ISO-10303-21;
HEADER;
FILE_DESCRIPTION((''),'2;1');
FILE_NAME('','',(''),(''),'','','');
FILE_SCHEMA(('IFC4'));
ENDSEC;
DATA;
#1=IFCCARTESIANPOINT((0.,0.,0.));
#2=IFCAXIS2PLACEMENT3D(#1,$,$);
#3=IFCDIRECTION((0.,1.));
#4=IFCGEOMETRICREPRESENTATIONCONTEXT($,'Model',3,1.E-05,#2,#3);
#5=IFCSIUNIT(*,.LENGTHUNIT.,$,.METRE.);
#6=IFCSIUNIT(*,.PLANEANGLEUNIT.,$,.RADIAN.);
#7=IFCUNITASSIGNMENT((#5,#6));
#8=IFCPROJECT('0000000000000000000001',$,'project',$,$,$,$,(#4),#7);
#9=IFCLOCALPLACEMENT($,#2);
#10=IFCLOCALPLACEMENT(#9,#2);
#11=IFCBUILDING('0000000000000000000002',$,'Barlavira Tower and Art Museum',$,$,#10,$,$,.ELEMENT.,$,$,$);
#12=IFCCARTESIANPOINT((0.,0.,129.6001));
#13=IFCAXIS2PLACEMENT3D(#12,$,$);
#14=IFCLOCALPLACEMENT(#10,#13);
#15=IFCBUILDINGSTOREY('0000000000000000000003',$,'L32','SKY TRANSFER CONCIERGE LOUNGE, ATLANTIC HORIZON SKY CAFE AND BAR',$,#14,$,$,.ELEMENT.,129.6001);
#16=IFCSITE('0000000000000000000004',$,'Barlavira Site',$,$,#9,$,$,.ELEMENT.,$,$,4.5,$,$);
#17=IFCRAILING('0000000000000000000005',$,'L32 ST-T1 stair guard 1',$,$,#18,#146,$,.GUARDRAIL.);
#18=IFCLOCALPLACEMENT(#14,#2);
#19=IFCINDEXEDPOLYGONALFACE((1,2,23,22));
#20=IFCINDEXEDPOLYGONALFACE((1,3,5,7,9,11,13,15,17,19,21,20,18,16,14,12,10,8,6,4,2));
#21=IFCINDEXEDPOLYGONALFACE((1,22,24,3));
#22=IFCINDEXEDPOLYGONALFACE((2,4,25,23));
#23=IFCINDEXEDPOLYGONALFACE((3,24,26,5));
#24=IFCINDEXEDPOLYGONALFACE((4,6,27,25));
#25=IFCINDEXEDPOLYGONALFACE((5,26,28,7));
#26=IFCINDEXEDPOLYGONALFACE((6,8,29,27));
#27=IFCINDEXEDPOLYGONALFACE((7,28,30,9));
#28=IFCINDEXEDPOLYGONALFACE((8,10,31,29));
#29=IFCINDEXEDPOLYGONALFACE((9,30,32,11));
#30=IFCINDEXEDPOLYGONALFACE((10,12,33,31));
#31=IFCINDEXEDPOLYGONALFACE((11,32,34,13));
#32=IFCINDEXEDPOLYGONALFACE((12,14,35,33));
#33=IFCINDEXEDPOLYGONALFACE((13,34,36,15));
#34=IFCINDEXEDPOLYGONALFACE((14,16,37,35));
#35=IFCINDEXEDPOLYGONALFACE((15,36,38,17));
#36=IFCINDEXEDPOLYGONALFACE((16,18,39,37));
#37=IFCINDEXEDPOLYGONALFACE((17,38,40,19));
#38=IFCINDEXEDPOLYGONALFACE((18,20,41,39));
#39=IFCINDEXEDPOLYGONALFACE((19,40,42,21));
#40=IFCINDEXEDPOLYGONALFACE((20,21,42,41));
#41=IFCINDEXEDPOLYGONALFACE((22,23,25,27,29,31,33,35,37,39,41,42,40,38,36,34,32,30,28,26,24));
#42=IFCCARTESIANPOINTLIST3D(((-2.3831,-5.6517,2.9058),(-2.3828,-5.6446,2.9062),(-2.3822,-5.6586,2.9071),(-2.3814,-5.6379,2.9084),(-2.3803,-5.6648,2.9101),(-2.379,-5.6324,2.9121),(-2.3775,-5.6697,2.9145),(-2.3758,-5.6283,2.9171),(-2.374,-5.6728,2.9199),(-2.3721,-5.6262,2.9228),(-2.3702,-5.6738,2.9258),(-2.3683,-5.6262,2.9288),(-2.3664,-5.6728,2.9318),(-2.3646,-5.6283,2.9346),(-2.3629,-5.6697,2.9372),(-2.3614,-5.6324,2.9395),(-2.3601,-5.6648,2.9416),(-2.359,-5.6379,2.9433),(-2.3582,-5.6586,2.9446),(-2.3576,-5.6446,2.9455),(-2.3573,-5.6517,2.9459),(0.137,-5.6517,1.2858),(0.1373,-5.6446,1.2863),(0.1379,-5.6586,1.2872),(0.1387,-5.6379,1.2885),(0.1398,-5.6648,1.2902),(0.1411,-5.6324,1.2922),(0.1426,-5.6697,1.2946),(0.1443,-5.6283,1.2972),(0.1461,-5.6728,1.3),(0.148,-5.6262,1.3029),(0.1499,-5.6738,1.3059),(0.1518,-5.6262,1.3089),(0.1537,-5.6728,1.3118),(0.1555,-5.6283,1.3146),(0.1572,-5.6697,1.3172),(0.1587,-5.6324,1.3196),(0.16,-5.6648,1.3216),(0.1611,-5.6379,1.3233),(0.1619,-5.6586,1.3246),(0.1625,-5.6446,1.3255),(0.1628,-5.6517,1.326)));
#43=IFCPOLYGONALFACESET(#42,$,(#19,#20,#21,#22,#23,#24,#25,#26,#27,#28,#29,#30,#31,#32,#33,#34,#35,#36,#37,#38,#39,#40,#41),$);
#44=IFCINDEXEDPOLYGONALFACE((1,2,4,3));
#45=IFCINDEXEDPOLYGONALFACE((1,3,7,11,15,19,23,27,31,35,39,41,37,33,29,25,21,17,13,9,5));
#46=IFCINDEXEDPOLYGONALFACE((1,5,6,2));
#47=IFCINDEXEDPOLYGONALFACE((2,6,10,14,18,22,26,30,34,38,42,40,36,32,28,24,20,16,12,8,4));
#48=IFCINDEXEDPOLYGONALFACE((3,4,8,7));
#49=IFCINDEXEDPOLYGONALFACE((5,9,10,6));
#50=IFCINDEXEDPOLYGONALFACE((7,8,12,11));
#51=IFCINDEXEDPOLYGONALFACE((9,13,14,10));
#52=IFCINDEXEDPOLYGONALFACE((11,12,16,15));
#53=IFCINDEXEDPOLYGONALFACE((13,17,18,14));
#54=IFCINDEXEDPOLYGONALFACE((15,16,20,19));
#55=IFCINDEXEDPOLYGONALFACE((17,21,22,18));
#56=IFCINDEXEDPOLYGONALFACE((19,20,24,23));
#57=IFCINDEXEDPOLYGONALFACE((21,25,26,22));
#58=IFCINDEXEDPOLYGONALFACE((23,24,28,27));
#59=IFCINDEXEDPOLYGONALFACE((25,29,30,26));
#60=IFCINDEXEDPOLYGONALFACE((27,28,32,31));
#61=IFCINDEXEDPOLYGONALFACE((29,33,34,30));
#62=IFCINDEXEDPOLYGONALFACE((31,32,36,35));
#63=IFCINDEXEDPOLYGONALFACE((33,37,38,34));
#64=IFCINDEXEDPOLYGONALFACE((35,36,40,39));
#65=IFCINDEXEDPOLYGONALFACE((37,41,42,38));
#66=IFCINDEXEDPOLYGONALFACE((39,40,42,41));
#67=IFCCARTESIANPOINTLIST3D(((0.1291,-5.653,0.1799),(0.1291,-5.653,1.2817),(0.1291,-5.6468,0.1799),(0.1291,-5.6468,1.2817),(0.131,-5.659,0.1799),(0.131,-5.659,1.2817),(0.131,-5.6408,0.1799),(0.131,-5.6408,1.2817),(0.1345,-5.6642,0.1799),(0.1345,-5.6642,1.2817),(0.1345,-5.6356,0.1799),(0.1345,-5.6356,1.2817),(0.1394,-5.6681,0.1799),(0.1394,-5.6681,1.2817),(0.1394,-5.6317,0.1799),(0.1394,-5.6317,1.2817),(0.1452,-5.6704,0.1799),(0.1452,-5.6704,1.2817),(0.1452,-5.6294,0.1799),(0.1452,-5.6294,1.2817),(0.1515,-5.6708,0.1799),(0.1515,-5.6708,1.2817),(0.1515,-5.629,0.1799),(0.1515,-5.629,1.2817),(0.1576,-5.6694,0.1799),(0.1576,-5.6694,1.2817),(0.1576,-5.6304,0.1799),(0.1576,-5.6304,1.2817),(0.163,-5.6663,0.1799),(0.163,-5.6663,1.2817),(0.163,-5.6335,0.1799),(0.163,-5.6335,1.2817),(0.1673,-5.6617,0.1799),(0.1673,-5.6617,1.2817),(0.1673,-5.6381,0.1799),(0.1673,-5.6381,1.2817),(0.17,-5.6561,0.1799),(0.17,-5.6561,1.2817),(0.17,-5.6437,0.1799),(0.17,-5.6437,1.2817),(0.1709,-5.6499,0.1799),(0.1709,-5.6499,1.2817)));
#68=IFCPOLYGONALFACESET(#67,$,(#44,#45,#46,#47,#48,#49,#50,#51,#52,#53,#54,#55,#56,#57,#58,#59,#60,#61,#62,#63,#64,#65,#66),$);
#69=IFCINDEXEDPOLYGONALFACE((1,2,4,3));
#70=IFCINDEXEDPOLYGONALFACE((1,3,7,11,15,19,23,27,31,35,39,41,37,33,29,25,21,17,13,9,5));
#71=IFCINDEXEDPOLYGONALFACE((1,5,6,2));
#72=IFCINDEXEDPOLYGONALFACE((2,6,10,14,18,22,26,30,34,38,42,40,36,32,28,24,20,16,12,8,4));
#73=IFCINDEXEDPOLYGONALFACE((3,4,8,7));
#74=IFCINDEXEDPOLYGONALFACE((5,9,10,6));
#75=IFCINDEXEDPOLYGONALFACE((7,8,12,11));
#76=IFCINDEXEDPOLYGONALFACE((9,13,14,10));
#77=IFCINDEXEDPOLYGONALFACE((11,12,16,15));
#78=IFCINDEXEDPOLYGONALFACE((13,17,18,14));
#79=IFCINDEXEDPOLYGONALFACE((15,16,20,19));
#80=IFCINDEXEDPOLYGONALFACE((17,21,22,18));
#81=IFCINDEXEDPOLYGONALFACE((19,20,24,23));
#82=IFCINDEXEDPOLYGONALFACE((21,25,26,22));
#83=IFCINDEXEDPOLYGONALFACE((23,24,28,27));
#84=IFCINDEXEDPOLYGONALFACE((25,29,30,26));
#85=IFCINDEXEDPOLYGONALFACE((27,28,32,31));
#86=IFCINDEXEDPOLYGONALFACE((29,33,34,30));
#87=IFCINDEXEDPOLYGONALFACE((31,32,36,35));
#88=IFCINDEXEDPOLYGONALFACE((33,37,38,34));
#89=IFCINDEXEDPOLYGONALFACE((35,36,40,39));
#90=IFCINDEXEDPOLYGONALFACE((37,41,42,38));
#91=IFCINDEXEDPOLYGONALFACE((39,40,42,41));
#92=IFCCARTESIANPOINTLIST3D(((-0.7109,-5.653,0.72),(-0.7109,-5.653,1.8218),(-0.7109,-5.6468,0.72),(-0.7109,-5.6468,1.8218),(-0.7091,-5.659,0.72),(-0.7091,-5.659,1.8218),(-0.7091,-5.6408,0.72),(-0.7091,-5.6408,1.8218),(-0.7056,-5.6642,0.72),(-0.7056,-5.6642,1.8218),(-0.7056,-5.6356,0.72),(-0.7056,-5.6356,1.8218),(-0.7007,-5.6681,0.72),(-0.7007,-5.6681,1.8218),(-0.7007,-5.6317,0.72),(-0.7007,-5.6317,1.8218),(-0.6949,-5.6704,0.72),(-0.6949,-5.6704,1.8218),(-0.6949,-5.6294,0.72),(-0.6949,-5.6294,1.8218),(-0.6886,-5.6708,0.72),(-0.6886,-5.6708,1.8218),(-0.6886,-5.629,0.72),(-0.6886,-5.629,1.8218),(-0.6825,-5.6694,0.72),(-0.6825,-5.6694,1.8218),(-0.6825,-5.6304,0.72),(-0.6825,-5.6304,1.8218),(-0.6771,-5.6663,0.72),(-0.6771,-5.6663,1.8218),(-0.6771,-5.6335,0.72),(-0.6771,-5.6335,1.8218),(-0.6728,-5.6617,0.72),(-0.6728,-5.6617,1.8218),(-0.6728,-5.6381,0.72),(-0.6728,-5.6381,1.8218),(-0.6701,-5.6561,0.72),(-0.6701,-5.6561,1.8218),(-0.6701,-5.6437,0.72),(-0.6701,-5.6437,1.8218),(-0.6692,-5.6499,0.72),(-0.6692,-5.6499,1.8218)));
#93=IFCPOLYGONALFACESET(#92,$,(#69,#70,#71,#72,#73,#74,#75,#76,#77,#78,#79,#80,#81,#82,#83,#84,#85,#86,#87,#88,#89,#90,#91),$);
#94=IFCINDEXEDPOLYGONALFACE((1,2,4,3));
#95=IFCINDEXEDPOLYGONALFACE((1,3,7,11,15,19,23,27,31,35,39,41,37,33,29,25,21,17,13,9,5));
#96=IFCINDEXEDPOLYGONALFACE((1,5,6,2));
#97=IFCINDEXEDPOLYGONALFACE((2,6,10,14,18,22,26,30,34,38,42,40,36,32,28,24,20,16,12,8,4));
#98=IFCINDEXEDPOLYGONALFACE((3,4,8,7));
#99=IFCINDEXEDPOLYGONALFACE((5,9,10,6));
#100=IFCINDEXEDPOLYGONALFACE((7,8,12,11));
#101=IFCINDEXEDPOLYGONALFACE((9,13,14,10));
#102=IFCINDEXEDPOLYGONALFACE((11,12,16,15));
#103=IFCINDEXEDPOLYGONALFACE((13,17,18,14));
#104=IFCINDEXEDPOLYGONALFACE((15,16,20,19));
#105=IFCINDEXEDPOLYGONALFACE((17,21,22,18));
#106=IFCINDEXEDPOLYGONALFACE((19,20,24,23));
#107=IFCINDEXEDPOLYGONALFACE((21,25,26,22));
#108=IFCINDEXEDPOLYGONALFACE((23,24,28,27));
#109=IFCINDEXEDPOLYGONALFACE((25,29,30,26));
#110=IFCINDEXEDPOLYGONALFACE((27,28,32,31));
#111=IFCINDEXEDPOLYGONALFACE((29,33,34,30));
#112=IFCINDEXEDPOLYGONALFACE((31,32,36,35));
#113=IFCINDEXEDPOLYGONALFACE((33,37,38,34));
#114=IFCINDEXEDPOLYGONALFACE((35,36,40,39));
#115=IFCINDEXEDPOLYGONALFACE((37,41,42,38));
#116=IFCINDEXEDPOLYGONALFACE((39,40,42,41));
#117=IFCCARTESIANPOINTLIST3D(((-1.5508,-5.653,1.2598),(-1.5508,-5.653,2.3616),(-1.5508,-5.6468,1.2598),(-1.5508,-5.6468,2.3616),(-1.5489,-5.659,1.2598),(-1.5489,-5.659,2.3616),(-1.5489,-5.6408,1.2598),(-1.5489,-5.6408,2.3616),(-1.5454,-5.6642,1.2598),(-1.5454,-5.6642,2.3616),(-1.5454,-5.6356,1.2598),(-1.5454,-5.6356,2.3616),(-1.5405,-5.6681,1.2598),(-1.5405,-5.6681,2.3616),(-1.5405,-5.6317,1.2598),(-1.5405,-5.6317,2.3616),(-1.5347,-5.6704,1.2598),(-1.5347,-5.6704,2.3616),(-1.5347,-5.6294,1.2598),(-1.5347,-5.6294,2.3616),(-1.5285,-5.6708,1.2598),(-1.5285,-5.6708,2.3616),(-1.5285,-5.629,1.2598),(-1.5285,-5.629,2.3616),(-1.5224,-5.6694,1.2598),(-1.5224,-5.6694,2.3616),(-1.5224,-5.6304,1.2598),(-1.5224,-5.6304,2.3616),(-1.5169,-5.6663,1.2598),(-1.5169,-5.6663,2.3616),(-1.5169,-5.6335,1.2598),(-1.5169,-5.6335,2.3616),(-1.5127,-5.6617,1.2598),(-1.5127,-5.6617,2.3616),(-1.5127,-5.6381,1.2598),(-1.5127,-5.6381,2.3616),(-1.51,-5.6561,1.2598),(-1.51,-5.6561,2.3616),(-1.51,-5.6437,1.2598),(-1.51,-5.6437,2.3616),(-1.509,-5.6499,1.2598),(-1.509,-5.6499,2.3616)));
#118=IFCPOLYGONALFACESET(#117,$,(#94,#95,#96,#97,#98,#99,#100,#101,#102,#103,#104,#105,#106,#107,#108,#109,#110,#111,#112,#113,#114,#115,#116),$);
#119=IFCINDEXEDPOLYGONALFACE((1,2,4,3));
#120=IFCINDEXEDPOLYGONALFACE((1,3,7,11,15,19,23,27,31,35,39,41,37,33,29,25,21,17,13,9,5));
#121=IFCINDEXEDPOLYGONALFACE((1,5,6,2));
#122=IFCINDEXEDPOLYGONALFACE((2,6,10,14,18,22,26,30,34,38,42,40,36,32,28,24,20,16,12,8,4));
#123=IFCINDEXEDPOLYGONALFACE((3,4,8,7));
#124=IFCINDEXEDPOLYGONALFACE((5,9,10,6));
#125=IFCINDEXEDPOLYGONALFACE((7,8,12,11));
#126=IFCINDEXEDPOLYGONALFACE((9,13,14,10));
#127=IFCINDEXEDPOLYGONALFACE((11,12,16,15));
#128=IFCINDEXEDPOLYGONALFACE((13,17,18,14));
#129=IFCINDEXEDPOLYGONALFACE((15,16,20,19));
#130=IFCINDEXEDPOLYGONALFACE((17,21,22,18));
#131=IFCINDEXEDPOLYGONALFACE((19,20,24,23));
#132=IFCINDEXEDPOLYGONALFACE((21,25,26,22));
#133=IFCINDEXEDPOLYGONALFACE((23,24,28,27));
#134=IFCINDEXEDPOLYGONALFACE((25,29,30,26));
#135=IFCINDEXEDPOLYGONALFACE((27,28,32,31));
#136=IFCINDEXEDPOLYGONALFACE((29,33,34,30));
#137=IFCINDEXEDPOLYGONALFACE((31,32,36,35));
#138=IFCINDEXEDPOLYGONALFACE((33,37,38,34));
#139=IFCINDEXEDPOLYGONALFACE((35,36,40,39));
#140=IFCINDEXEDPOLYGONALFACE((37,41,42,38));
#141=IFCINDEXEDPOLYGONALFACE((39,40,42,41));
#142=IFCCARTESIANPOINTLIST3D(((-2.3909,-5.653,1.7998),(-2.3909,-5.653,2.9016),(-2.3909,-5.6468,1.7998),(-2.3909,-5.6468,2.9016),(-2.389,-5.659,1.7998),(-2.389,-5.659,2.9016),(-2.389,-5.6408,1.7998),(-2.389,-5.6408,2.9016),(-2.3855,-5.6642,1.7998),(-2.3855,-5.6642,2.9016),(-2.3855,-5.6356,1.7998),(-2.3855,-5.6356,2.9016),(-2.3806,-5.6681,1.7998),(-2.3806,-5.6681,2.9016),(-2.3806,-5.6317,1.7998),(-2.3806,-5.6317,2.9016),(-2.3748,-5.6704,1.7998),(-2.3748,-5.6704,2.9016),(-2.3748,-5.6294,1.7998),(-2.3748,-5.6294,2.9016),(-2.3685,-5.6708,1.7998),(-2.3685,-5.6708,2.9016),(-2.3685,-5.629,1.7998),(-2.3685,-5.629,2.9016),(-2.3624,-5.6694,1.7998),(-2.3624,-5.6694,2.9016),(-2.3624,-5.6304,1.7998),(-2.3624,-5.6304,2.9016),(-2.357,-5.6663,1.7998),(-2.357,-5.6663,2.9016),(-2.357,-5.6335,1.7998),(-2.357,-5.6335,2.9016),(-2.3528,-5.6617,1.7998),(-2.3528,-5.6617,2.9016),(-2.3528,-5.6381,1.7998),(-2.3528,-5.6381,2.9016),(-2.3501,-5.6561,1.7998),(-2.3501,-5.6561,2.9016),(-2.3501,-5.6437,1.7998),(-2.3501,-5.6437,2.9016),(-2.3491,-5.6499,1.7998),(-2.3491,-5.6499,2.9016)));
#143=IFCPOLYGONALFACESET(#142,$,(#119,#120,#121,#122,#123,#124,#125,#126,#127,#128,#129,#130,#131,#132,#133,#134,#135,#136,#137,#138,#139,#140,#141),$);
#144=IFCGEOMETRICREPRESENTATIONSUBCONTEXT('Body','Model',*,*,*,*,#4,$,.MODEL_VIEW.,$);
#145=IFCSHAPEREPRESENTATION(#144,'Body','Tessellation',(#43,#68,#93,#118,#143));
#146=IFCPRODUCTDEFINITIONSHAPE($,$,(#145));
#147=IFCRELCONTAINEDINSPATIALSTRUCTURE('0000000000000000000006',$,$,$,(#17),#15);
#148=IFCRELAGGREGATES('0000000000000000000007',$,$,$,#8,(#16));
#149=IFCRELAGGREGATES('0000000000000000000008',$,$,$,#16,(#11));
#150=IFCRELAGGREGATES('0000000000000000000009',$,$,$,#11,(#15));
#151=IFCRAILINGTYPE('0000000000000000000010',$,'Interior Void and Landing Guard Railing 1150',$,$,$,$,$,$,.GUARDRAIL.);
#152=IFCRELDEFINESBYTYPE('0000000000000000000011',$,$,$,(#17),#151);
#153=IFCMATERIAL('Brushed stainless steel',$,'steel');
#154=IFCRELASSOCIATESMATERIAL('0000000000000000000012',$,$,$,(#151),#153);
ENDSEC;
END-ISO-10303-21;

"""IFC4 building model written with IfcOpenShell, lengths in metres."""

from ifc_helpers import new_model, si_unit, direction, frame, origin, origin_2d, place, context, subcontext, project, spatial, circle, extrude, material, type_object, element, save


model = new_model("IFC4")

# Units and contexts
model_context = context("Model", 3, precision=1e-05, world=origin(), true_north=direction((0.0, 1.0)))
body_context = subcontext(model_context, "Body", "Model", "MODEL_VIEW")
ifc_project = project(units=[si_unit("LENGTHUNIT", "METRE"), si_unit("PLANEANGLEUNIT", "RADIAN")], contexts=[model_context])

# Site, building, storey
site_placement = place(None, origin())
site = spatial("IfcSite", under=ifc_project, at=site_placement, Name="Barlavira Site", CompositionType="ELEMENT", RefElevation=4.5)
building_placement = place(site_placement, origin())
building = spatial("IfcBuilding", under=site, at=building_placement, Name="Barlavira Tower and Art Museum", CompositionType="ELEMENT")
storey_placement = place(building_placement, frame((0.0, 0.0, 129.6001)))
storey = spatial("IfcBuildingStorey", under=building, at=storey_placement, Name="L32", Description="SKY TRANSFER CONCIERGE LOUNGE, ATLANTIC HORIZON SKY CAFE AND BAR", CompositionType="ELEMENT", Elevation=129.6001)

# Shared definitions
ifc_material_1 = material(Name="Brushed stainless steel", Category="steel")

# Railing
railing_type_1 = type_object("IfcRailingType", Name="Interior Void and Landing Guard Railing 1150", PredefinedType="GUARDRAIL", material=ifc_material_1)
railing_1_placement = place(storey_placement, frame((0.1499, -5.6499, 0.1799)))
element("IfcRailing", 1, at=railing_1_placement, inside=storey, type_object=railing_type_1, Name="L32 ST-T1 stair guard 1", PredefinedType="GUARDRAIL", context=body_context, shape_type="SweptSolid", body=[
    extrude(circle(Radius=0.0239, at=origin_2d()), frame((0.0, 0.0, 1.126), z_axis=(-0.8412, 0.0, 0.540725), x_axis=(0.0, -1.0, 0.0)), (0.0, 0.0, 1.0), 2.9958),
    extrude(circle(Radius=0.021, at=origin_2d()), origin(), (0.0, 0.0, 1.0), 1.1018),
    extrude(circle(Radius=0.021, at=origin_2d()), frame((-0.8401, 0.0, 0.54)), (0.0, 0.0, 1.0), 1.1018),
    extrude(circle(Radius=0.021, at=origin_2d()), frame((-1.6799, 0.0, 1.0798)), (0.0, 0.0, 1.0), 1.1018),
    extrude(circle(Radius=0.021, at=origin_2d()), frame((-2.52, 0.0, 1.6199)), (0.0, 0.0, 1.0), 1.1018),
])

save(model, "model.ifc")
